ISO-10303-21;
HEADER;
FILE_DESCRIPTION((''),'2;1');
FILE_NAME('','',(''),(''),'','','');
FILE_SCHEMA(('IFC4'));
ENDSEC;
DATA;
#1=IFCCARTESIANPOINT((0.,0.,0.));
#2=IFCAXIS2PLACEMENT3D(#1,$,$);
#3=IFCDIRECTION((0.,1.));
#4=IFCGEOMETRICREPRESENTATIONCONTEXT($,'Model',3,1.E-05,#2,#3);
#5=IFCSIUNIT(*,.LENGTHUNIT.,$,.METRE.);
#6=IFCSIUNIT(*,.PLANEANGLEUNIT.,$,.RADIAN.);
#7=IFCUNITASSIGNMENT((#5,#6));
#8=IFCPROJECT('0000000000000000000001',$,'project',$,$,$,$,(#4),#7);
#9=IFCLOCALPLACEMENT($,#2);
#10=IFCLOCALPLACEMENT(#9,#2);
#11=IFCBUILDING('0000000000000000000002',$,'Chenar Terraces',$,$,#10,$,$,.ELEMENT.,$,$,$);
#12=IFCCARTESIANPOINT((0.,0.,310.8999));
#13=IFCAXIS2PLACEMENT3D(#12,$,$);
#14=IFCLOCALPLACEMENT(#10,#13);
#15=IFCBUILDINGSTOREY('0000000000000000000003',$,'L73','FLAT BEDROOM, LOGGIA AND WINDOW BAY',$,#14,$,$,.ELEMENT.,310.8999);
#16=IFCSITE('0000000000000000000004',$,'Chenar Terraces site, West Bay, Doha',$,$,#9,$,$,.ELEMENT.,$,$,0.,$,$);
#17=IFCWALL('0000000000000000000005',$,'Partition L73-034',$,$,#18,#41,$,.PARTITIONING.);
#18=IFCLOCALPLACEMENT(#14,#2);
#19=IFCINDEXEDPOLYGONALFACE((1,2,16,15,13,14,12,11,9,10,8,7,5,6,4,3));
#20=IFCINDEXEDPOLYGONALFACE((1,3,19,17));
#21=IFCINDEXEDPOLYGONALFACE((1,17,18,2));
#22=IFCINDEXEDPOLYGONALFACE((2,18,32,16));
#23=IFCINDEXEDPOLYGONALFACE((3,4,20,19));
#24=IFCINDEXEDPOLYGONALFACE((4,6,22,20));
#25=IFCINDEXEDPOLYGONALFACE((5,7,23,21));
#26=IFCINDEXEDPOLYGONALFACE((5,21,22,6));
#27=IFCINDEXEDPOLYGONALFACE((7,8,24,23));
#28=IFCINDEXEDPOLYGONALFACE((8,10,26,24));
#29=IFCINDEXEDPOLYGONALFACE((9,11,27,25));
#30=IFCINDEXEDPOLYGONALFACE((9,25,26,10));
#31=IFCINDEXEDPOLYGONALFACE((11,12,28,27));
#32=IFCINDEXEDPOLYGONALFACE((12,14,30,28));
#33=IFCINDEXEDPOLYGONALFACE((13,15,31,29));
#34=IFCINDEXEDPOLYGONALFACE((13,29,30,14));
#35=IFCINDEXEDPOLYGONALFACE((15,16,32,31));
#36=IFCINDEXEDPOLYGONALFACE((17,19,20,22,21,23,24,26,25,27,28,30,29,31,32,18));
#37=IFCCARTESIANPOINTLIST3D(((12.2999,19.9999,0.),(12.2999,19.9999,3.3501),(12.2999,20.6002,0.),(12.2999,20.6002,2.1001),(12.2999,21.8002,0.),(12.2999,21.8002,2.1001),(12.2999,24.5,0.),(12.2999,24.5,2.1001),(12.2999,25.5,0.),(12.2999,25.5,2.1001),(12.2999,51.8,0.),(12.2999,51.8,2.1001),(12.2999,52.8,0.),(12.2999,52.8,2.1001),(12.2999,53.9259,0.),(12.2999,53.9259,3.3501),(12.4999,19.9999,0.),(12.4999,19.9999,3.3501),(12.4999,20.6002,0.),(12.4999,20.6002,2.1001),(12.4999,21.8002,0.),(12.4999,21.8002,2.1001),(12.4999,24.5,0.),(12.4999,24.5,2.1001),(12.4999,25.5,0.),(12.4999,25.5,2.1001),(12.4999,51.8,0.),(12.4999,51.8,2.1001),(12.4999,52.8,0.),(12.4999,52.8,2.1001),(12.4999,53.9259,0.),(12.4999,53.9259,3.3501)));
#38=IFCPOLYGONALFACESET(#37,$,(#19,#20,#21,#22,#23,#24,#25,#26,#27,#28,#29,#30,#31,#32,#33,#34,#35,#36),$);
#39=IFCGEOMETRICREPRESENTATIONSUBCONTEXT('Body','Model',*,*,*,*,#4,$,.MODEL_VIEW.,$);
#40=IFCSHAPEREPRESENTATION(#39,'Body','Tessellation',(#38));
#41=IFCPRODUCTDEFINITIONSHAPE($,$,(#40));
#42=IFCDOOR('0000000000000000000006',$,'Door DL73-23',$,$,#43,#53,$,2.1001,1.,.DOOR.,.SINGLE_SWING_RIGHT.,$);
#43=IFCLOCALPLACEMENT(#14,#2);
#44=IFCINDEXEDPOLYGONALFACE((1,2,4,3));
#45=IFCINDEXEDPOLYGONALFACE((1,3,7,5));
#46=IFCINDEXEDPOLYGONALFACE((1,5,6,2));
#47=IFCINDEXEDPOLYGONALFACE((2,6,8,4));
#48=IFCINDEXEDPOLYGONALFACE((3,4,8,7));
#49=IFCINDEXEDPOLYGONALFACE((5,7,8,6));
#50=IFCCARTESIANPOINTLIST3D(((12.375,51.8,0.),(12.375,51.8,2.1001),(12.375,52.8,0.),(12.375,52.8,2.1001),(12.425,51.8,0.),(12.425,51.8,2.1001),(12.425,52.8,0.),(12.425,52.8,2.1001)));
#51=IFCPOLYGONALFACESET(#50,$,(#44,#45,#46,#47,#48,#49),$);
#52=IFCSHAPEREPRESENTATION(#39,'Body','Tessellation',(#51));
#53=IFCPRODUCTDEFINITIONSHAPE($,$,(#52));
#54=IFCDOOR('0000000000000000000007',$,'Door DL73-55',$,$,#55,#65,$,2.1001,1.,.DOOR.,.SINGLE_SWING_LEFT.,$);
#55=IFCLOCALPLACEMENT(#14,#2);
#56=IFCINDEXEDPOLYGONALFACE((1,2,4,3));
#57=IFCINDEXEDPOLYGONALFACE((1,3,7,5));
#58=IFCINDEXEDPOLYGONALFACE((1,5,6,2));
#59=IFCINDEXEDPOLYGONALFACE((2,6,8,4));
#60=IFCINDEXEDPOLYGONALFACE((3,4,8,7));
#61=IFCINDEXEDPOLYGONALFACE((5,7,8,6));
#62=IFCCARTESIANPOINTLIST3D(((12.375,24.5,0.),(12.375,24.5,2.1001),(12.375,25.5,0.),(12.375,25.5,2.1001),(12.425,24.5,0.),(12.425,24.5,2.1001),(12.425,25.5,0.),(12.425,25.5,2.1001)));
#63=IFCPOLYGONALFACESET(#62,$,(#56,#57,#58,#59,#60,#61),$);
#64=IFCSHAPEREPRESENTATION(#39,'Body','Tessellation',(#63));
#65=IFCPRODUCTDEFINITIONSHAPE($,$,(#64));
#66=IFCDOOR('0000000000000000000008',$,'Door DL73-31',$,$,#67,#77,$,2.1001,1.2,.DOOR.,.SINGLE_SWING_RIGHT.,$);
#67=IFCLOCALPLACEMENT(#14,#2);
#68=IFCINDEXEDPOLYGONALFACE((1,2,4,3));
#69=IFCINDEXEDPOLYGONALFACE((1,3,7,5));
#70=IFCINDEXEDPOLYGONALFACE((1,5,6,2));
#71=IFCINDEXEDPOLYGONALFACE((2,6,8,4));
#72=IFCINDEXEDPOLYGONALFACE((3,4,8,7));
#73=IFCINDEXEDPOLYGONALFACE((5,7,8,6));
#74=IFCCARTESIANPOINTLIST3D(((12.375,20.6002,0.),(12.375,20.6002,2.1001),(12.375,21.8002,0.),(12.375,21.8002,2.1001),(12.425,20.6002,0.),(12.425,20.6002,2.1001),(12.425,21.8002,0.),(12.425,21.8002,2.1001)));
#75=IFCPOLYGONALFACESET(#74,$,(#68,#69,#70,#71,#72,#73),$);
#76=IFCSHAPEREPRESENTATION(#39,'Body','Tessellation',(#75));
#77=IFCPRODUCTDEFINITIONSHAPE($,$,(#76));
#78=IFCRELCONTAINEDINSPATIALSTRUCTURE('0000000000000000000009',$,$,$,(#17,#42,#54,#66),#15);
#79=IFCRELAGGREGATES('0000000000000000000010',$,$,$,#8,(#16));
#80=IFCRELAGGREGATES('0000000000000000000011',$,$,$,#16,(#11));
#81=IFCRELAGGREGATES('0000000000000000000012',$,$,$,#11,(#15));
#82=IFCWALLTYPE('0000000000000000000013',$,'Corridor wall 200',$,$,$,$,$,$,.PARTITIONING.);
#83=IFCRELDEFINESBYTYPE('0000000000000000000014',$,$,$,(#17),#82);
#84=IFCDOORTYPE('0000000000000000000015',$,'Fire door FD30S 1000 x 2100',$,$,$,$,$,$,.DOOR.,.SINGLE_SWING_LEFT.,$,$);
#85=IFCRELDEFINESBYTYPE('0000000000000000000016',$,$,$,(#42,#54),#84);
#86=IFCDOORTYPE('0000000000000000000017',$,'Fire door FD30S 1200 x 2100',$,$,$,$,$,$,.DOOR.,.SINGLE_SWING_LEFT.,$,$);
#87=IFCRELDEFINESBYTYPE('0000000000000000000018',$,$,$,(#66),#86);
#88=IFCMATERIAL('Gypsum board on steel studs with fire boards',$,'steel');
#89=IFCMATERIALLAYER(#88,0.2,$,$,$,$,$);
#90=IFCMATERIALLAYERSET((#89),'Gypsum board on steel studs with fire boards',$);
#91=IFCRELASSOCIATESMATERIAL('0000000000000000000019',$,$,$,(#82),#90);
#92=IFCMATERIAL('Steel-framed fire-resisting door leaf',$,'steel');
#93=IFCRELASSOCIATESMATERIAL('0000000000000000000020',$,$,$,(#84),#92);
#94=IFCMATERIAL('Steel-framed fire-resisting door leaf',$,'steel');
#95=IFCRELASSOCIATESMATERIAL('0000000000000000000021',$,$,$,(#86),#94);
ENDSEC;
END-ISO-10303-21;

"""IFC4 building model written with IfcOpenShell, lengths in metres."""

from ifc_helpers import new_model, si_unit, direction, frame, frame_2d, origin, place, context, subcontext, project, spatial, rectangle, extrude, material, layer, layer_set, type_object, element, fill, save


model = new_model("IFC4")

# Units and contexts
model_context = context("Model", 3, precision=1e-05, world=origin(), true_north=direction((0.0, 1.0)))
body_context = subcontext(model_context, "Body", "Model", "MODEL_VIEW")
ifc_project = project(units=[si_unit("LENGTHUNIT", "METRE"), si_unit("PLANEANGLEUNIT", "RADIAN")], contexts=[model_context])

# Site, building, storey
site_placement = place(None, origin())
site = spatial("IfcSite", under=ifc_project, at=site_placement, Name="Chenar Terraces site, West Bay, Doha", CompositionType="ELEMENT", RefElevation=0.0)
building_placement = place(site_placement, origin())
building = spatial("IfcBuilding", under=site, at=building_placement, Name="Chenar Terraces", CompositionType="ELEMENT")
storey_placement = place(building_placement, frame((0.0, 0.0, 310.8999)))
storey = spatial("IfcBuildingStorey", under=building, at=storey_placement, Name="L73", Description="FLAT BEDROOM, LOGGIA AND WINDOW BAY", CompositionType="ELEMENT", Elevation=310.8999)

# Wall, openings, doors
ifc_material_1 = material(Name="Gypsum board on steel studs with fire boards", Category="steel")
ifc_layer_1 = layer(ifc_material_1, 0.2)
ifc_layer_set_1 = layer_set([ifc_layer_1], Name="Gypsum board on steel studs with fire boards")
wall_type_1 = type_object("IfcWallType", Name="Corridor wall 200", PredefinedType="PARTITIONING", material=ifc_layer_set_1)
wall_1_placement = place(storey_placement, frame((12.3999, 20.0, 0.0), z_axis=(0.0, 0.0, 1.0), x_axis=(0.0, 1.0, 0.0)))
wall_1 = element("IfcWall", 1, at=wall_1_placement, inside=storey, type_object=wall_type_1, Name="Partition L73-034", PredefinedType="PARTITIONING", context=body_context, shape_type="SweptSolid", body=[
    extrude(rectangle(XDim=33.926, YDim=0.2, at=frame_2d((16.9629, 0.0))), origin(), (0.0, 0.0, 1.0), 3.3501),
])
opening_1_placement = place(wall_1_placement, frame((31.8, 0.0, 0.0)))
opening_1 = element("IfcOpeningElement", 2, at=opening_1_placement, cuts=wall_1, PredefinedType="OPENING", context=body_context, shape_type="SweptSolid", body=[
    extrude(rectangle(XDim=1.0, YDim=2.1001, at=frame_2d((0.5, 1.05))), frame((0.0, 0.1099, 0.0), z_axis=(0.0, -1.0, 0.0), x_axis=(1.0, 0.0, 0.0)), (0.0, 0.0, 1.0), 0.22),
])
opening_2_placement = place(wall_1_placement, frame((0.6001, 0.0, 0.0)))
opening_2 = element("IfcOpeningElement", 3, at=opening_2_placement, cuts=wall_1, PredefinedType="OPENING", context=body_context, shape_type="SweptSolid", body=[
    extrude(rectangle(XDim=1.2, YDim=2.1001, at=frame_2d((0.6001, 1.05))), frame((0.0, 0.1099, 0.0), z_axis=(0.0, -1.0, 0.0), x_axis=(1.0, 0.0, 0.0)), (0.0, 0.0, 1.0), 0.22),
])
opening_3_placement = place(wall_1_placement, frame((4.5, 0.0, 0.0)))
opening_3 = element("IfcOpeningElement", 4, at=opening_3_placement, cuts=wall_1, PredefinedType="OPENING", context=body_context, shape_type="SweptSolid", body=[
    extrude(rectangle(XDim=1.0, YDim=2.1001, at=frame_2d((0.5, 1.05))), frame((0.0, 0.1099, 0.0), z_axis=(0.0, -1.0, 0.0), x_axis=(1.0, 0.0, 0.0)), (0.0, 0.0, 1.0), 0.22),
])
ifc_material_2 = material(Name="Steel-framed fire-resisting door leaf", Category="steel")
door_type_1 = type_object("IfcDoorType", Name="Fire door FD30S 1000 x 2100", OperationType="SINGLE_SWING_LEFT", PredefinedType="DOOR", material=ifc_material_2)
door_1_placement = place(opening_1_placement, origin())
door_1 = element("IfcDoor", 5, at=door_1_placement, inside=storey, type_object=door_type_1, Name="Door DL73-23", OperationType="SINGLE_SWING_RIGHT", OverallHeight=2.1001, OverallWidth=1.0, PredefinedType="DOOR", context=body_context, shape_type="SweptSolid", body=[
    extrude(rectangle(XDim=1.0, YDim=2.1001, at=frame_2d((0.5, 1.05))), frame((0.0, 0.0249, 0.0), z_axis=(0.0, -1.0, 0.0), x_axis=(1.0, 0.0, 0.0)), (0.0, 0.0, 1.0), 0.05),
])
fill(opening_1, door_1)
door_2_placement = place(opening_3_placement, origin())
door_2 = element("IfcDoor", 6, at=door_2_placement, inside=storey, type_object=door_type_1, Name="Door DL73-55", OperationType="SINGLE_SWING_LEFT", OverallHeight=2.1001, OverallWidth=1.0, PredefinedType="DOOR", context=body_context, shape_type="SweptSolid", body=[
    extrude(rectangle(XDim=1.0, YDim=2.1001, at=frame_2d((0.5, 1.05))), frame((0.0, 0.0249, 0.0), z_axis=(0.0, -1.0, 0.0), x_axis=(1.0, 0.0, 0.0)), (0.0, 0.0, 1.0), 0.05),
])
fill(opening_3, door_2)
ifc_material_3 = material(Name="Steel-framed fire-resisting door leaf", Category="steel")
door_type_2 = type_object("IfcDoorType", Name="Fire door FD30S 1200 x 2100", OperationType="SINGLE_SWING_LEFT", PredefinedType="DOOR", material=ifc_material_3)
door_3_placement = place(opening_2_placement, origin())
door_3 = element("IfcDoor", 7, at=door_3_placement, inside=storey, type_object=door_type_2, Name="Door DL73-31", OperationType="SINGLE_SWING_RIGHT", OverallHeight=2.1001, OverallWidth=1.2, PredefinedType="DOOR", context=body_context, shape_type="SweptSolid", body=[
    extrude(rectangle(XDim=1.2, YDim=2.1001, at=frame_2d((0.6001, 1.05))), frame((0.0, 0.0249, 0.0), z_axis=(0.0, -1.0, 0.0), x_axis=(1.0, 0.0, 0.0)), (0.0, 0.0, 1.0), 0.05),
])
fill(opening_2, door_3)

save(model, "model.ifc")
